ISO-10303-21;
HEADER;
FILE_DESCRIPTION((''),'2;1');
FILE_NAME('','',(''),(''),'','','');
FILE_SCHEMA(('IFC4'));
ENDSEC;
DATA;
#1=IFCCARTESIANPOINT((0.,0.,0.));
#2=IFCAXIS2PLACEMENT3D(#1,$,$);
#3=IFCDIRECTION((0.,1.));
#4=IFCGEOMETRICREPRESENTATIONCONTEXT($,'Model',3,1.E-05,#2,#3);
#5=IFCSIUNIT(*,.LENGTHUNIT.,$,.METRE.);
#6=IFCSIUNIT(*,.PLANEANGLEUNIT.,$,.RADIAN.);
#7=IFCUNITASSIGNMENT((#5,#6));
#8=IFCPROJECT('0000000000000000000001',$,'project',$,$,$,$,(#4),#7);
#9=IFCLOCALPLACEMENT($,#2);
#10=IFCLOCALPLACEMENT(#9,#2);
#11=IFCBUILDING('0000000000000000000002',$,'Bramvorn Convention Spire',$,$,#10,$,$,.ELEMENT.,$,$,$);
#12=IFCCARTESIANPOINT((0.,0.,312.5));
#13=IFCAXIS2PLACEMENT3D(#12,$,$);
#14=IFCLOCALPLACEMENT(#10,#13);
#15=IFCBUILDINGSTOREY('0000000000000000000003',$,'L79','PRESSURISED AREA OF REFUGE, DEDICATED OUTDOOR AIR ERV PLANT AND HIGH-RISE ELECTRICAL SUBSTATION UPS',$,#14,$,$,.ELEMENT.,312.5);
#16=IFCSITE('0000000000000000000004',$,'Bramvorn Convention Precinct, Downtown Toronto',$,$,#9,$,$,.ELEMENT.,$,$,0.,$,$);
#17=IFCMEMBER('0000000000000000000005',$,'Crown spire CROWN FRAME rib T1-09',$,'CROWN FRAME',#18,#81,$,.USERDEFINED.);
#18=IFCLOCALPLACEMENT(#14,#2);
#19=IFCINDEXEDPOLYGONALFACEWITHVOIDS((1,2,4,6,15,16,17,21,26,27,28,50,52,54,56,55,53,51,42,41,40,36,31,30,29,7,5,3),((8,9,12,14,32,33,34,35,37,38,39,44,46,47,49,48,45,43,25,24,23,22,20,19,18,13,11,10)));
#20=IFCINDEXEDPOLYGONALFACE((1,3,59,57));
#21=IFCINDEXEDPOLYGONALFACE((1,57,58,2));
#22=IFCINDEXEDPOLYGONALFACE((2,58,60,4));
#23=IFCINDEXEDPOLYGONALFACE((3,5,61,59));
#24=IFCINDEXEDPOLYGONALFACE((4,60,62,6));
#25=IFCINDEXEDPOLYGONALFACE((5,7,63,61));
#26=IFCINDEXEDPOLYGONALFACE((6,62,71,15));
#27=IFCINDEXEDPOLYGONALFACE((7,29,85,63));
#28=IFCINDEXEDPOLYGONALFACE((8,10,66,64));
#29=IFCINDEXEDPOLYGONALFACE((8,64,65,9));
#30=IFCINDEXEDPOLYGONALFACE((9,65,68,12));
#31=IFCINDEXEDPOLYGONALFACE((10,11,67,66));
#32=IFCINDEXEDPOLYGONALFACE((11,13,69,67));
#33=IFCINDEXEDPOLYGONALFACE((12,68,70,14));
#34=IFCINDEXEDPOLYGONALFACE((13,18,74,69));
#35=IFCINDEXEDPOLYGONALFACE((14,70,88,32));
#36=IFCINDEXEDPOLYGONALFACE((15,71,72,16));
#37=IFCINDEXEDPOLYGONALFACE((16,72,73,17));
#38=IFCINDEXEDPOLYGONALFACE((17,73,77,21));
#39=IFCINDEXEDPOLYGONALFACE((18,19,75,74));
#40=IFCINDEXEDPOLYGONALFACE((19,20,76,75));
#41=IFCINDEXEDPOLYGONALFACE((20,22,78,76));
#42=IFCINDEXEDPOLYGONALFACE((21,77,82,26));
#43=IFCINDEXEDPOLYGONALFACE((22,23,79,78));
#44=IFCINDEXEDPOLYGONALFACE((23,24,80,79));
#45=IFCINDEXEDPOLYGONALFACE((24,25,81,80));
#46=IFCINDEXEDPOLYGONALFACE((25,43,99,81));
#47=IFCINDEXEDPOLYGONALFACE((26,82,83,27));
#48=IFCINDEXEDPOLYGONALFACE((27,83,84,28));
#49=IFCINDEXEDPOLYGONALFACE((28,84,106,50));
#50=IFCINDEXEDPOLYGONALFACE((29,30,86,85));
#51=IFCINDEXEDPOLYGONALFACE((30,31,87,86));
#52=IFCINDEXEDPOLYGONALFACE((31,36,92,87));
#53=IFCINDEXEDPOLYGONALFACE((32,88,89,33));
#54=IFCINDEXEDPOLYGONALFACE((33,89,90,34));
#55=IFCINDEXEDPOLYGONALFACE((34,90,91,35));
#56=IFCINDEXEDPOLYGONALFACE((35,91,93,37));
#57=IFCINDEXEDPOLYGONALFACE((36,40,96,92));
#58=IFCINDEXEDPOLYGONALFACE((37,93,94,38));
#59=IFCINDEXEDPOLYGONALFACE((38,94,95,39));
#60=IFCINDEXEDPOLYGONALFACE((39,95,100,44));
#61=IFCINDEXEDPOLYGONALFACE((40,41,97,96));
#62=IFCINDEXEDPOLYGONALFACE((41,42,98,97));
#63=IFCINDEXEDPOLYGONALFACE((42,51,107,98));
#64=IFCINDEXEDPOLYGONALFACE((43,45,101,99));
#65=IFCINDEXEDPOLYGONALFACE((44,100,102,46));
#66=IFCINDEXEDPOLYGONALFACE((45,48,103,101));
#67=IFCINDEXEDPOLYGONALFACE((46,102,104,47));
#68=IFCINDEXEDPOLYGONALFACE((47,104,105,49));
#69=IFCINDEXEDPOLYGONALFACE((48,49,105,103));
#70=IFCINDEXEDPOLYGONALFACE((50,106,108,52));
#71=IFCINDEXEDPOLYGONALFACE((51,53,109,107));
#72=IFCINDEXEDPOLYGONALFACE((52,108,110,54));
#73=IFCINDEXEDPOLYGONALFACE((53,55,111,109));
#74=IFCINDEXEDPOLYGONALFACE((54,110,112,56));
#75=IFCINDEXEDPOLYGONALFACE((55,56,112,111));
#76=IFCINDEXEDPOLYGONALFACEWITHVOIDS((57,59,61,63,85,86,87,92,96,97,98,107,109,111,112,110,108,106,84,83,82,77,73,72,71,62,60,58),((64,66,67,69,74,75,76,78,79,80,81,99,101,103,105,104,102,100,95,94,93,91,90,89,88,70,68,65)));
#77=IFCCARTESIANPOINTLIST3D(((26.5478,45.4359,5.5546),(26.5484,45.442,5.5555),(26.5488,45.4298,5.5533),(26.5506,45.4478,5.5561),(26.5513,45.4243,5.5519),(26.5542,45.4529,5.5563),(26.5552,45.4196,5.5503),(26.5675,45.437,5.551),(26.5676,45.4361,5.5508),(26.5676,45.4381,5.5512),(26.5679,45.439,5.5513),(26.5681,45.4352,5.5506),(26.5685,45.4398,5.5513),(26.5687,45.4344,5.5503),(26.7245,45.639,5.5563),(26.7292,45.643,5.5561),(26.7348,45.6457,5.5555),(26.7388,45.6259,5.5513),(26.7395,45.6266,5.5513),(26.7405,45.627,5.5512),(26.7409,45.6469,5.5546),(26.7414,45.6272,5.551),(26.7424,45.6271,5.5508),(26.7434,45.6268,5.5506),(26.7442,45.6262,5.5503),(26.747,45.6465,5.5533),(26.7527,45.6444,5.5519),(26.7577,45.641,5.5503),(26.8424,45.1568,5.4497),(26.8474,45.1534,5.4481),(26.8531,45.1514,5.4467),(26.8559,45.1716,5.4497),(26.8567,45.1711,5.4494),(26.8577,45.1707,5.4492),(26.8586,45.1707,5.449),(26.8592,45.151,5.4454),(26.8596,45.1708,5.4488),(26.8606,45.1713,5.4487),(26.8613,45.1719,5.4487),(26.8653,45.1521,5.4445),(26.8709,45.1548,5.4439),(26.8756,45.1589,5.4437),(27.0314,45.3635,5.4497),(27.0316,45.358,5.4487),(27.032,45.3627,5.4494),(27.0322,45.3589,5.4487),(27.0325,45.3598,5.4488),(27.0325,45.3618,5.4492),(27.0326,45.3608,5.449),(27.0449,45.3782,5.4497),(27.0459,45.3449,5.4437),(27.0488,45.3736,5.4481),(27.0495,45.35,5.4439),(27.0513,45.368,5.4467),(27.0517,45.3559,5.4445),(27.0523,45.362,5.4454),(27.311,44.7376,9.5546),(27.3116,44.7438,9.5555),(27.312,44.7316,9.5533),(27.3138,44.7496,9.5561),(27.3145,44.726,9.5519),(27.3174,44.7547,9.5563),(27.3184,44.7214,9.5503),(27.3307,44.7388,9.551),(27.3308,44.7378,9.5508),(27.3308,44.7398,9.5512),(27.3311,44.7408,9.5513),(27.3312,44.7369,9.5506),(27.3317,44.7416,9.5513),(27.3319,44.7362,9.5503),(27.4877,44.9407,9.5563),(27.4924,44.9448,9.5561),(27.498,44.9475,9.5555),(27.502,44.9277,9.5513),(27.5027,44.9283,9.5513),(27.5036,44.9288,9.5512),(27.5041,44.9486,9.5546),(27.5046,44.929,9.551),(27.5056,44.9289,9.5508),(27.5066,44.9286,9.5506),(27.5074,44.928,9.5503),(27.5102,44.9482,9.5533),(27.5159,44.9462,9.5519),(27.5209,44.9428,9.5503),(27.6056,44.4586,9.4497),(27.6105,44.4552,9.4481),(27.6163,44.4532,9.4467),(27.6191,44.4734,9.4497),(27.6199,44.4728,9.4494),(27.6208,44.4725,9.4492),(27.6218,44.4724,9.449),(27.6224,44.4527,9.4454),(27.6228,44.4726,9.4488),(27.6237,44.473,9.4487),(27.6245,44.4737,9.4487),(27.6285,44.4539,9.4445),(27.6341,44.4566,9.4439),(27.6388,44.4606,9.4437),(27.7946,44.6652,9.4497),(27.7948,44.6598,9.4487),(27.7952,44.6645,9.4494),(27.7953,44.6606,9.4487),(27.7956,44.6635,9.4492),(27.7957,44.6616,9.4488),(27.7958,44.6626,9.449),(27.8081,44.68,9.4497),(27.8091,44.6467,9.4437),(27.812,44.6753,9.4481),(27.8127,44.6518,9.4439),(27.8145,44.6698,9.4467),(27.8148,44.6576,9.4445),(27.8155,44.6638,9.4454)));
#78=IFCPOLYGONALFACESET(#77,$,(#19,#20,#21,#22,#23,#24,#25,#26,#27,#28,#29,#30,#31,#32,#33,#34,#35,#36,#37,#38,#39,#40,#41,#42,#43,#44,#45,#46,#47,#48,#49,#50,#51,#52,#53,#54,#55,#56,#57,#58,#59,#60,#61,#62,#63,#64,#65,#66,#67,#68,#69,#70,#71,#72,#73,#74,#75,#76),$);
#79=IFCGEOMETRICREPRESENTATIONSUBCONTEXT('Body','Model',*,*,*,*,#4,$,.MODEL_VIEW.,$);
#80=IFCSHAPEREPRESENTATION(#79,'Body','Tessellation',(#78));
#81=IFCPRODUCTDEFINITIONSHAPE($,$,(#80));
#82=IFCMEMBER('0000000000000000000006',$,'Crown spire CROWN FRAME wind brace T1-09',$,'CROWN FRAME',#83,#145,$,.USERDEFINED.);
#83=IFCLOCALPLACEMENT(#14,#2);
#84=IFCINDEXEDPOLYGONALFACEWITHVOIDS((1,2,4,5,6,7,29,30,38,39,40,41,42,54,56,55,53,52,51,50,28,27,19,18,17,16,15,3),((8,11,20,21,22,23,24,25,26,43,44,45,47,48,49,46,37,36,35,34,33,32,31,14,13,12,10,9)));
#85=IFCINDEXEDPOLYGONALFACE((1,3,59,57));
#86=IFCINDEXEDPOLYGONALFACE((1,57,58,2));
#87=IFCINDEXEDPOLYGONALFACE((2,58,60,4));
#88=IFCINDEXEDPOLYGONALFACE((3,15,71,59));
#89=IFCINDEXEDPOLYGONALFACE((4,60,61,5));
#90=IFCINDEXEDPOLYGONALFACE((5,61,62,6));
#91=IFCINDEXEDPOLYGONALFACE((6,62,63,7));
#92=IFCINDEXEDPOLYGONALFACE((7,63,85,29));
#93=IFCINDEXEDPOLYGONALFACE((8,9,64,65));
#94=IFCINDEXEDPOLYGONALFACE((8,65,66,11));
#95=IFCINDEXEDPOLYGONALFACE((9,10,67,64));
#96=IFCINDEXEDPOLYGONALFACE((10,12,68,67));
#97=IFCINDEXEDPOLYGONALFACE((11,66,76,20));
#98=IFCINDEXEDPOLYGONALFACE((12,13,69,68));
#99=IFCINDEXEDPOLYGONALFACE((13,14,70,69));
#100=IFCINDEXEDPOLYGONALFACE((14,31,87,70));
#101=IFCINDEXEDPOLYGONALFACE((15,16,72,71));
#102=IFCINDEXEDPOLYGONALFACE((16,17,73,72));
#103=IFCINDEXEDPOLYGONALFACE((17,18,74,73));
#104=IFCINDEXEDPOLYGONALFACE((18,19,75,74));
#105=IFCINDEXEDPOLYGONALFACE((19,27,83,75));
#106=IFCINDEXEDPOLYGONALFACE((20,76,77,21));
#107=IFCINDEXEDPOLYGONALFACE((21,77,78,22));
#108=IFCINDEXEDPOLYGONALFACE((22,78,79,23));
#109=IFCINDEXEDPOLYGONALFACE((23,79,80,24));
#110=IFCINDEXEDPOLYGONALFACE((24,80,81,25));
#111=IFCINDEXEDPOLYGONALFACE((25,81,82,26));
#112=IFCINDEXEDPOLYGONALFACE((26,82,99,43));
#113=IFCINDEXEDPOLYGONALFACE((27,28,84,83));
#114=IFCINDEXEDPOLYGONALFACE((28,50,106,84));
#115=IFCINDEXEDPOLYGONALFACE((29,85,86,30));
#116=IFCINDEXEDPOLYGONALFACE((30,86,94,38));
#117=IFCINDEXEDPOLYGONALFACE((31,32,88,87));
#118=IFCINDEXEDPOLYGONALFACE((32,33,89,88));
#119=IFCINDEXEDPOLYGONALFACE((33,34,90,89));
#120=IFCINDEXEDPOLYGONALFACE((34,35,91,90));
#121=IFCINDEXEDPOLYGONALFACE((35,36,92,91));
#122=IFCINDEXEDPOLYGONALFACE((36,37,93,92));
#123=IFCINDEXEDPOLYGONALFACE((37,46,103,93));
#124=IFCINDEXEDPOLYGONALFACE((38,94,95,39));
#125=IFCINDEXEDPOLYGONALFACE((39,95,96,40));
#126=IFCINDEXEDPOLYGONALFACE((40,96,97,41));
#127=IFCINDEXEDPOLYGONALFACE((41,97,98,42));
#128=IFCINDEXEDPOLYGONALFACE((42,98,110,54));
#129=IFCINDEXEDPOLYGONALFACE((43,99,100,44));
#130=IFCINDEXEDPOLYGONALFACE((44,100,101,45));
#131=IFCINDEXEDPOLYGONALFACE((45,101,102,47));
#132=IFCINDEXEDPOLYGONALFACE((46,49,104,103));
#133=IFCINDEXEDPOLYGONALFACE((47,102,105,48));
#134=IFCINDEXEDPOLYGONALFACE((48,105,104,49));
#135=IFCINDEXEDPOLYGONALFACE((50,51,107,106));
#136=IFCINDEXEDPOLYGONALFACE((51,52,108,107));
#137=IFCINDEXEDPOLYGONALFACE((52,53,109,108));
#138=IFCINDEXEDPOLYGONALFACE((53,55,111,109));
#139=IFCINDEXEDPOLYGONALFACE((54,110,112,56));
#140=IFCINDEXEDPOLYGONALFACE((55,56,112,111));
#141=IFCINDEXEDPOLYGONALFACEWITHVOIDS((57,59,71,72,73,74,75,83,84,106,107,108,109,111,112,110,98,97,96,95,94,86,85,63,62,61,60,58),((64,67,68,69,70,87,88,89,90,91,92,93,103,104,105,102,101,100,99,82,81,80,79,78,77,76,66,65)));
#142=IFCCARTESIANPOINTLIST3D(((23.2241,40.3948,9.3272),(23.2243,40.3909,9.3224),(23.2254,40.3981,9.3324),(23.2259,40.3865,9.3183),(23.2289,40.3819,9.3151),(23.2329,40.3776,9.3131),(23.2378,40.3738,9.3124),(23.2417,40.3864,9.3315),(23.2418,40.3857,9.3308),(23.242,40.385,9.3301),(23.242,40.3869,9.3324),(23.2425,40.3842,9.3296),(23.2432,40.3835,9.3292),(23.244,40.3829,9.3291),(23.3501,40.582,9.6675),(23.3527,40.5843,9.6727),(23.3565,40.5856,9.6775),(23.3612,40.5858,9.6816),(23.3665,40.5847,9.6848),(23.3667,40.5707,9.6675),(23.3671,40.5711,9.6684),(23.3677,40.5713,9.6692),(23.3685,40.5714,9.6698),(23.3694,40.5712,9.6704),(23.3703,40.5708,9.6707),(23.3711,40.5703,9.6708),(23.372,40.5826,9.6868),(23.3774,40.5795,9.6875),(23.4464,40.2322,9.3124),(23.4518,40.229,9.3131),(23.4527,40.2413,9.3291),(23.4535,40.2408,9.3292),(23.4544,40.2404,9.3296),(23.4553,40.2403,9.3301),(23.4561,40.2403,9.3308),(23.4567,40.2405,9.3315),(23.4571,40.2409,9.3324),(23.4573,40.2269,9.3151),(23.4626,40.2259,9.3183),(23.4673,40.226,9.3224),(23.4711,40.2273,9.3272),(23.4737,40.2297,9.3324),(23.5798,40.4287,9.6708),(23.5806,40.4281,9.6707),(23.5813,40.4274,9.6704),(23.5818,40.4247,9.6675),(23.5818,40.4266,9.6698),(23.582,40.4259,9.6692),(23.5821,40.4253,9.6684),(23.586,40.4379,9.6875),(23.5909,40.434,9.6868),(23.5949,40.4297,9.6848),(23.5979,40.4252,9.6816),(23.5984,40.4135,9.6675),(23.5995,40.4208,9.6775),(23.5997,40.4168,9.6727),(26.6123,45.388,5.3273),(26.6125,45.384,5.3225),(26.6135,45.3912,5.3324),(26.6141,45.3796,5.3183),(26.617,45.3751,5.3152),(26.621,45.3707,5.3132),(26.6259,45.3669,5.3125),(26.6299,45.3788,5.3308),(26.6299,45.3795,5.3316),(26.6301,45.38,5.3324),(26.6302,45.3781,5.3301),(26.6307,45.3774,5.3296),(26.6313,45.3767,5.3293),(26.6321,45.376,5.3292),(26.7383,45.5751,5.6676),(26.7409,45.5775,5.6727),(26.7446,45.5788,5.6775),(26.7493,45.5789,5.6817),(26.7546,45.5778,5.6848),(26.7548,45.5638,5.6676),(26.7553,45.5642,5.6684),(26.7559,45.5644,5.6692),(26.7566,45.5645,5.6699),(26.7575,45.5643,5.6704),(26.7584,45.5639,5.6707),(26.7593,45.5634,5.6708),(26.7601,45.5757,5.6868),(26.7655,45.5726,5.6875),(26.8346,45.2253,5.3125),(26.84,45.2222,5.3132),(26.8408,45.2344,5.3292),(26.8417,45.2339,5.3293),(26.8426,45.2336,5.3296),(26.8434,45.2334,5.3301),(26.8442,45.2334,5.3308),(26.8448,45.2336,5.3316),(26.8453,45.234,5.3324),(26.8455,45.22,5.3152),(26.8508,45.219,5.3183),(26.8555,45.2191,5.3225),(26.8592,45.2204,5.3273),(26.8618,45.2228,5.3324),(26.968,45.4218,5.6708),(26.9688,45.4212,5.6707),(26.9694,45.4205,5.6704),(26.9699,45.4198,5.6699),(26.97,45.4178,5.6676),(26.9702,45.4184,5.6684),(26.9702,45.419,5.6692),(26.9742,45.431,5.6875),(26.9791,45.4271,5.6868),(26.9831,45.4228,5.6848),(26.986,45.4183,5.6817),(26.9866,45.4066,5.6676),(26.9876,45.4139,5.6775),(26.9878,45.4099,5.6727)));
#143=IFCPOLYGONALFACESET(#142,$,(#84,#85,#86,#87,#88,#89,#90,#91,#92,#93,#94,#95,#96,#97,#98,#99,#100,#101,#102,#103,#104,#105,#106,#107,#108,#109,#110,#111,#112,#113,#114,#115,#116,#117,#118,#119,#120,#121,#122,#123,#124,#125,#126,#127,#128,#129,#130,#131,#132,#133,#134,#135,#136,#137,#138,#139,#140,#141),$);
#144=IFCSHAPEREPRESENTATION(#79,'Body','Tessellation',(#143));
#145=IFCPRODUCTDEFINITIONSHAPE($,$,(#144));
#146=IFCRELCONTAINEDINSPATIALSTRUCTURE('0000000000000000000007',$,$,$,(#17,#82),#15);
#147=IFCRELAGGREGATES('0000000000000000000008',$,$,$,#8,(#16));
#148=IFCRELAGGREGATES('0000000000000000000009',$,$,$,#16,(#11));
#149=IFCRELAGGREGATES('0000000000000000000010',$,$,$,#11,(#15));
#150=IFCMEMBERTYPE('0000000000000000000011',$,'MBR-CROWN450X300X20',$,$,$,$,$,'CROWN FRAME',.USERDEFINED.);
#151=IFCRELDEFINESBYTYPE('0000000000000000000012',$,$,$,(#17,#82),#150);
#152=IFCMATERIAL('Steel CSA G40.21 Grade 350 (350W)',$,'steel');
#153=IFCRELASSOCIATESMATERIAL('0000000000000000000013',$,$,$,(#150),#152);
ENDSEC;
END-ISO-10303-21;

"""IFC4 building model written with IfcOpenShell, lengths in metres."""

from ifc_helpers import new_model, si_unit, direction, frame, origin, origin_2d, place, context, subcontext, project, spatial, hollow_rectangle, extrude, material, material_profile, profile_set, type_object, element, save


model = new_model("IFC4")

# Units and contexts
model_context = context("Model", 3, precision=1e-05, world=origin(), true_north=direction((0.0, 1.0)))
body_context = subcontext(model_context, "Body", "Model", "MODEL_VIEW")
ifc_project = project(units=[si_unit("LENGTHUNIT", "METRE"), si_unit("PLANEANGLEUNIT", "RADIAN")], contexts=[model_context])

# Site, building, storey
site_placement = place(None, origin())
site = spatial("IfcSite", under=ifc_project, at=site_placement, Name="Bramvorn Convention Precinct, Downtown Toronto", CompositionType="ELEMENT", RefElevation=0.0)
building_placement = place(site_placement, origin())
building = spatial("IfcBuilding", under=site, at=building_placement, Name="Bramvorn Convention Spire", CompositionType="ELEMENT")
storey_placement = place(building_placement, frame((0.0, 0.0, 312.5)))
storey = spatial("IfcBuildingStorey", under=building, at=storey_placement, Name="L79", Description="PRESSURISED AREA OF REFUGE, DEDICATED OUTDOOR AIR ERV PLANT AND HIGH-RISE ELECTRICAL SUBSTATION UPS", CompositionType="ELEMENT", Elevation=312.5)

# Shared definitions
ifc_material_1 = material(Name="Steel CSA G40.21 Grade 350 (350W)", Category="steel")

# Members
ifc_material_profile_1 = material_profile(ifc_material_1, hollow_rectangle(XDim=0.3, YDim=0.45, WallThickness=0.02, InnerFilletRadius=0.0039, OuterFilletRadius=0.0239, at=origin_2d()))
ifc_profile_set_1 = profile_set([ifc_material_profile_1], Name="Steel CSA G40.21 Grade 350 (350W) - CROWN450X300X20")
member_type_1 = type_object("IfcMemberType", Name="MBR-CROWN450X300X20", ElementType="CROWN FRAME", PredefinedType="USERDEFINED", material=ifc_profile_set_1)
member_1_placement = place(storey_placement, frame((26.8, 45.3989, 5.5), z_axis=(0.184719, -0.169001, 0.968152), x_axis=(0.675019, 0.7378, 0.0)))
element("IfcMember", 1, at=member_1_placement, inside=storey, type_object=member_type_1, Name="Crown spire CROWN FRAME rib T1-09", ObjectType="CROWN FRAME", PredefinedType="USERDEFINED", context=body_context, shape_type="SweptSolid", body=[
    extrude(hollow_rectangle(XDim=0.3, YDim=0.45, WallThickness=0.02, InnerFilletRadius=0.0039, OuterFilletRadius=0.0239, at=origin_2d()), origin(), (0.0, 0.0, 1.0), 4.1316),
])
member_2_placement = place(storey_placement, frame((26.8, 45.3989, 5.5), z_axis=(-0.468009, -0.689704, 0.552518), x_axis=(0.827478, -0.561497, 0.0)))
element("IfcMember", 2, at=member_2_placement, inside=storey, type_object=member_type_1, Name="Crown spire CROWN FRAME wind brace T1-09", ObjectType="CROWN FRAME", PredefinedType="USERDEFINED", context=body_context, shape_type="SweptSolid", body=[
    extrude(hollow_rectangle(XDim=0.3, YDim=0.45, WallThickness=0.02, InnerFilletRadius=0.0039, OuterFilletRadius=0.0239, at=origin_2d()), origin(), (0.0, 0.0, 1.0), 7.2395),
])

save(model, "model.ifc")
